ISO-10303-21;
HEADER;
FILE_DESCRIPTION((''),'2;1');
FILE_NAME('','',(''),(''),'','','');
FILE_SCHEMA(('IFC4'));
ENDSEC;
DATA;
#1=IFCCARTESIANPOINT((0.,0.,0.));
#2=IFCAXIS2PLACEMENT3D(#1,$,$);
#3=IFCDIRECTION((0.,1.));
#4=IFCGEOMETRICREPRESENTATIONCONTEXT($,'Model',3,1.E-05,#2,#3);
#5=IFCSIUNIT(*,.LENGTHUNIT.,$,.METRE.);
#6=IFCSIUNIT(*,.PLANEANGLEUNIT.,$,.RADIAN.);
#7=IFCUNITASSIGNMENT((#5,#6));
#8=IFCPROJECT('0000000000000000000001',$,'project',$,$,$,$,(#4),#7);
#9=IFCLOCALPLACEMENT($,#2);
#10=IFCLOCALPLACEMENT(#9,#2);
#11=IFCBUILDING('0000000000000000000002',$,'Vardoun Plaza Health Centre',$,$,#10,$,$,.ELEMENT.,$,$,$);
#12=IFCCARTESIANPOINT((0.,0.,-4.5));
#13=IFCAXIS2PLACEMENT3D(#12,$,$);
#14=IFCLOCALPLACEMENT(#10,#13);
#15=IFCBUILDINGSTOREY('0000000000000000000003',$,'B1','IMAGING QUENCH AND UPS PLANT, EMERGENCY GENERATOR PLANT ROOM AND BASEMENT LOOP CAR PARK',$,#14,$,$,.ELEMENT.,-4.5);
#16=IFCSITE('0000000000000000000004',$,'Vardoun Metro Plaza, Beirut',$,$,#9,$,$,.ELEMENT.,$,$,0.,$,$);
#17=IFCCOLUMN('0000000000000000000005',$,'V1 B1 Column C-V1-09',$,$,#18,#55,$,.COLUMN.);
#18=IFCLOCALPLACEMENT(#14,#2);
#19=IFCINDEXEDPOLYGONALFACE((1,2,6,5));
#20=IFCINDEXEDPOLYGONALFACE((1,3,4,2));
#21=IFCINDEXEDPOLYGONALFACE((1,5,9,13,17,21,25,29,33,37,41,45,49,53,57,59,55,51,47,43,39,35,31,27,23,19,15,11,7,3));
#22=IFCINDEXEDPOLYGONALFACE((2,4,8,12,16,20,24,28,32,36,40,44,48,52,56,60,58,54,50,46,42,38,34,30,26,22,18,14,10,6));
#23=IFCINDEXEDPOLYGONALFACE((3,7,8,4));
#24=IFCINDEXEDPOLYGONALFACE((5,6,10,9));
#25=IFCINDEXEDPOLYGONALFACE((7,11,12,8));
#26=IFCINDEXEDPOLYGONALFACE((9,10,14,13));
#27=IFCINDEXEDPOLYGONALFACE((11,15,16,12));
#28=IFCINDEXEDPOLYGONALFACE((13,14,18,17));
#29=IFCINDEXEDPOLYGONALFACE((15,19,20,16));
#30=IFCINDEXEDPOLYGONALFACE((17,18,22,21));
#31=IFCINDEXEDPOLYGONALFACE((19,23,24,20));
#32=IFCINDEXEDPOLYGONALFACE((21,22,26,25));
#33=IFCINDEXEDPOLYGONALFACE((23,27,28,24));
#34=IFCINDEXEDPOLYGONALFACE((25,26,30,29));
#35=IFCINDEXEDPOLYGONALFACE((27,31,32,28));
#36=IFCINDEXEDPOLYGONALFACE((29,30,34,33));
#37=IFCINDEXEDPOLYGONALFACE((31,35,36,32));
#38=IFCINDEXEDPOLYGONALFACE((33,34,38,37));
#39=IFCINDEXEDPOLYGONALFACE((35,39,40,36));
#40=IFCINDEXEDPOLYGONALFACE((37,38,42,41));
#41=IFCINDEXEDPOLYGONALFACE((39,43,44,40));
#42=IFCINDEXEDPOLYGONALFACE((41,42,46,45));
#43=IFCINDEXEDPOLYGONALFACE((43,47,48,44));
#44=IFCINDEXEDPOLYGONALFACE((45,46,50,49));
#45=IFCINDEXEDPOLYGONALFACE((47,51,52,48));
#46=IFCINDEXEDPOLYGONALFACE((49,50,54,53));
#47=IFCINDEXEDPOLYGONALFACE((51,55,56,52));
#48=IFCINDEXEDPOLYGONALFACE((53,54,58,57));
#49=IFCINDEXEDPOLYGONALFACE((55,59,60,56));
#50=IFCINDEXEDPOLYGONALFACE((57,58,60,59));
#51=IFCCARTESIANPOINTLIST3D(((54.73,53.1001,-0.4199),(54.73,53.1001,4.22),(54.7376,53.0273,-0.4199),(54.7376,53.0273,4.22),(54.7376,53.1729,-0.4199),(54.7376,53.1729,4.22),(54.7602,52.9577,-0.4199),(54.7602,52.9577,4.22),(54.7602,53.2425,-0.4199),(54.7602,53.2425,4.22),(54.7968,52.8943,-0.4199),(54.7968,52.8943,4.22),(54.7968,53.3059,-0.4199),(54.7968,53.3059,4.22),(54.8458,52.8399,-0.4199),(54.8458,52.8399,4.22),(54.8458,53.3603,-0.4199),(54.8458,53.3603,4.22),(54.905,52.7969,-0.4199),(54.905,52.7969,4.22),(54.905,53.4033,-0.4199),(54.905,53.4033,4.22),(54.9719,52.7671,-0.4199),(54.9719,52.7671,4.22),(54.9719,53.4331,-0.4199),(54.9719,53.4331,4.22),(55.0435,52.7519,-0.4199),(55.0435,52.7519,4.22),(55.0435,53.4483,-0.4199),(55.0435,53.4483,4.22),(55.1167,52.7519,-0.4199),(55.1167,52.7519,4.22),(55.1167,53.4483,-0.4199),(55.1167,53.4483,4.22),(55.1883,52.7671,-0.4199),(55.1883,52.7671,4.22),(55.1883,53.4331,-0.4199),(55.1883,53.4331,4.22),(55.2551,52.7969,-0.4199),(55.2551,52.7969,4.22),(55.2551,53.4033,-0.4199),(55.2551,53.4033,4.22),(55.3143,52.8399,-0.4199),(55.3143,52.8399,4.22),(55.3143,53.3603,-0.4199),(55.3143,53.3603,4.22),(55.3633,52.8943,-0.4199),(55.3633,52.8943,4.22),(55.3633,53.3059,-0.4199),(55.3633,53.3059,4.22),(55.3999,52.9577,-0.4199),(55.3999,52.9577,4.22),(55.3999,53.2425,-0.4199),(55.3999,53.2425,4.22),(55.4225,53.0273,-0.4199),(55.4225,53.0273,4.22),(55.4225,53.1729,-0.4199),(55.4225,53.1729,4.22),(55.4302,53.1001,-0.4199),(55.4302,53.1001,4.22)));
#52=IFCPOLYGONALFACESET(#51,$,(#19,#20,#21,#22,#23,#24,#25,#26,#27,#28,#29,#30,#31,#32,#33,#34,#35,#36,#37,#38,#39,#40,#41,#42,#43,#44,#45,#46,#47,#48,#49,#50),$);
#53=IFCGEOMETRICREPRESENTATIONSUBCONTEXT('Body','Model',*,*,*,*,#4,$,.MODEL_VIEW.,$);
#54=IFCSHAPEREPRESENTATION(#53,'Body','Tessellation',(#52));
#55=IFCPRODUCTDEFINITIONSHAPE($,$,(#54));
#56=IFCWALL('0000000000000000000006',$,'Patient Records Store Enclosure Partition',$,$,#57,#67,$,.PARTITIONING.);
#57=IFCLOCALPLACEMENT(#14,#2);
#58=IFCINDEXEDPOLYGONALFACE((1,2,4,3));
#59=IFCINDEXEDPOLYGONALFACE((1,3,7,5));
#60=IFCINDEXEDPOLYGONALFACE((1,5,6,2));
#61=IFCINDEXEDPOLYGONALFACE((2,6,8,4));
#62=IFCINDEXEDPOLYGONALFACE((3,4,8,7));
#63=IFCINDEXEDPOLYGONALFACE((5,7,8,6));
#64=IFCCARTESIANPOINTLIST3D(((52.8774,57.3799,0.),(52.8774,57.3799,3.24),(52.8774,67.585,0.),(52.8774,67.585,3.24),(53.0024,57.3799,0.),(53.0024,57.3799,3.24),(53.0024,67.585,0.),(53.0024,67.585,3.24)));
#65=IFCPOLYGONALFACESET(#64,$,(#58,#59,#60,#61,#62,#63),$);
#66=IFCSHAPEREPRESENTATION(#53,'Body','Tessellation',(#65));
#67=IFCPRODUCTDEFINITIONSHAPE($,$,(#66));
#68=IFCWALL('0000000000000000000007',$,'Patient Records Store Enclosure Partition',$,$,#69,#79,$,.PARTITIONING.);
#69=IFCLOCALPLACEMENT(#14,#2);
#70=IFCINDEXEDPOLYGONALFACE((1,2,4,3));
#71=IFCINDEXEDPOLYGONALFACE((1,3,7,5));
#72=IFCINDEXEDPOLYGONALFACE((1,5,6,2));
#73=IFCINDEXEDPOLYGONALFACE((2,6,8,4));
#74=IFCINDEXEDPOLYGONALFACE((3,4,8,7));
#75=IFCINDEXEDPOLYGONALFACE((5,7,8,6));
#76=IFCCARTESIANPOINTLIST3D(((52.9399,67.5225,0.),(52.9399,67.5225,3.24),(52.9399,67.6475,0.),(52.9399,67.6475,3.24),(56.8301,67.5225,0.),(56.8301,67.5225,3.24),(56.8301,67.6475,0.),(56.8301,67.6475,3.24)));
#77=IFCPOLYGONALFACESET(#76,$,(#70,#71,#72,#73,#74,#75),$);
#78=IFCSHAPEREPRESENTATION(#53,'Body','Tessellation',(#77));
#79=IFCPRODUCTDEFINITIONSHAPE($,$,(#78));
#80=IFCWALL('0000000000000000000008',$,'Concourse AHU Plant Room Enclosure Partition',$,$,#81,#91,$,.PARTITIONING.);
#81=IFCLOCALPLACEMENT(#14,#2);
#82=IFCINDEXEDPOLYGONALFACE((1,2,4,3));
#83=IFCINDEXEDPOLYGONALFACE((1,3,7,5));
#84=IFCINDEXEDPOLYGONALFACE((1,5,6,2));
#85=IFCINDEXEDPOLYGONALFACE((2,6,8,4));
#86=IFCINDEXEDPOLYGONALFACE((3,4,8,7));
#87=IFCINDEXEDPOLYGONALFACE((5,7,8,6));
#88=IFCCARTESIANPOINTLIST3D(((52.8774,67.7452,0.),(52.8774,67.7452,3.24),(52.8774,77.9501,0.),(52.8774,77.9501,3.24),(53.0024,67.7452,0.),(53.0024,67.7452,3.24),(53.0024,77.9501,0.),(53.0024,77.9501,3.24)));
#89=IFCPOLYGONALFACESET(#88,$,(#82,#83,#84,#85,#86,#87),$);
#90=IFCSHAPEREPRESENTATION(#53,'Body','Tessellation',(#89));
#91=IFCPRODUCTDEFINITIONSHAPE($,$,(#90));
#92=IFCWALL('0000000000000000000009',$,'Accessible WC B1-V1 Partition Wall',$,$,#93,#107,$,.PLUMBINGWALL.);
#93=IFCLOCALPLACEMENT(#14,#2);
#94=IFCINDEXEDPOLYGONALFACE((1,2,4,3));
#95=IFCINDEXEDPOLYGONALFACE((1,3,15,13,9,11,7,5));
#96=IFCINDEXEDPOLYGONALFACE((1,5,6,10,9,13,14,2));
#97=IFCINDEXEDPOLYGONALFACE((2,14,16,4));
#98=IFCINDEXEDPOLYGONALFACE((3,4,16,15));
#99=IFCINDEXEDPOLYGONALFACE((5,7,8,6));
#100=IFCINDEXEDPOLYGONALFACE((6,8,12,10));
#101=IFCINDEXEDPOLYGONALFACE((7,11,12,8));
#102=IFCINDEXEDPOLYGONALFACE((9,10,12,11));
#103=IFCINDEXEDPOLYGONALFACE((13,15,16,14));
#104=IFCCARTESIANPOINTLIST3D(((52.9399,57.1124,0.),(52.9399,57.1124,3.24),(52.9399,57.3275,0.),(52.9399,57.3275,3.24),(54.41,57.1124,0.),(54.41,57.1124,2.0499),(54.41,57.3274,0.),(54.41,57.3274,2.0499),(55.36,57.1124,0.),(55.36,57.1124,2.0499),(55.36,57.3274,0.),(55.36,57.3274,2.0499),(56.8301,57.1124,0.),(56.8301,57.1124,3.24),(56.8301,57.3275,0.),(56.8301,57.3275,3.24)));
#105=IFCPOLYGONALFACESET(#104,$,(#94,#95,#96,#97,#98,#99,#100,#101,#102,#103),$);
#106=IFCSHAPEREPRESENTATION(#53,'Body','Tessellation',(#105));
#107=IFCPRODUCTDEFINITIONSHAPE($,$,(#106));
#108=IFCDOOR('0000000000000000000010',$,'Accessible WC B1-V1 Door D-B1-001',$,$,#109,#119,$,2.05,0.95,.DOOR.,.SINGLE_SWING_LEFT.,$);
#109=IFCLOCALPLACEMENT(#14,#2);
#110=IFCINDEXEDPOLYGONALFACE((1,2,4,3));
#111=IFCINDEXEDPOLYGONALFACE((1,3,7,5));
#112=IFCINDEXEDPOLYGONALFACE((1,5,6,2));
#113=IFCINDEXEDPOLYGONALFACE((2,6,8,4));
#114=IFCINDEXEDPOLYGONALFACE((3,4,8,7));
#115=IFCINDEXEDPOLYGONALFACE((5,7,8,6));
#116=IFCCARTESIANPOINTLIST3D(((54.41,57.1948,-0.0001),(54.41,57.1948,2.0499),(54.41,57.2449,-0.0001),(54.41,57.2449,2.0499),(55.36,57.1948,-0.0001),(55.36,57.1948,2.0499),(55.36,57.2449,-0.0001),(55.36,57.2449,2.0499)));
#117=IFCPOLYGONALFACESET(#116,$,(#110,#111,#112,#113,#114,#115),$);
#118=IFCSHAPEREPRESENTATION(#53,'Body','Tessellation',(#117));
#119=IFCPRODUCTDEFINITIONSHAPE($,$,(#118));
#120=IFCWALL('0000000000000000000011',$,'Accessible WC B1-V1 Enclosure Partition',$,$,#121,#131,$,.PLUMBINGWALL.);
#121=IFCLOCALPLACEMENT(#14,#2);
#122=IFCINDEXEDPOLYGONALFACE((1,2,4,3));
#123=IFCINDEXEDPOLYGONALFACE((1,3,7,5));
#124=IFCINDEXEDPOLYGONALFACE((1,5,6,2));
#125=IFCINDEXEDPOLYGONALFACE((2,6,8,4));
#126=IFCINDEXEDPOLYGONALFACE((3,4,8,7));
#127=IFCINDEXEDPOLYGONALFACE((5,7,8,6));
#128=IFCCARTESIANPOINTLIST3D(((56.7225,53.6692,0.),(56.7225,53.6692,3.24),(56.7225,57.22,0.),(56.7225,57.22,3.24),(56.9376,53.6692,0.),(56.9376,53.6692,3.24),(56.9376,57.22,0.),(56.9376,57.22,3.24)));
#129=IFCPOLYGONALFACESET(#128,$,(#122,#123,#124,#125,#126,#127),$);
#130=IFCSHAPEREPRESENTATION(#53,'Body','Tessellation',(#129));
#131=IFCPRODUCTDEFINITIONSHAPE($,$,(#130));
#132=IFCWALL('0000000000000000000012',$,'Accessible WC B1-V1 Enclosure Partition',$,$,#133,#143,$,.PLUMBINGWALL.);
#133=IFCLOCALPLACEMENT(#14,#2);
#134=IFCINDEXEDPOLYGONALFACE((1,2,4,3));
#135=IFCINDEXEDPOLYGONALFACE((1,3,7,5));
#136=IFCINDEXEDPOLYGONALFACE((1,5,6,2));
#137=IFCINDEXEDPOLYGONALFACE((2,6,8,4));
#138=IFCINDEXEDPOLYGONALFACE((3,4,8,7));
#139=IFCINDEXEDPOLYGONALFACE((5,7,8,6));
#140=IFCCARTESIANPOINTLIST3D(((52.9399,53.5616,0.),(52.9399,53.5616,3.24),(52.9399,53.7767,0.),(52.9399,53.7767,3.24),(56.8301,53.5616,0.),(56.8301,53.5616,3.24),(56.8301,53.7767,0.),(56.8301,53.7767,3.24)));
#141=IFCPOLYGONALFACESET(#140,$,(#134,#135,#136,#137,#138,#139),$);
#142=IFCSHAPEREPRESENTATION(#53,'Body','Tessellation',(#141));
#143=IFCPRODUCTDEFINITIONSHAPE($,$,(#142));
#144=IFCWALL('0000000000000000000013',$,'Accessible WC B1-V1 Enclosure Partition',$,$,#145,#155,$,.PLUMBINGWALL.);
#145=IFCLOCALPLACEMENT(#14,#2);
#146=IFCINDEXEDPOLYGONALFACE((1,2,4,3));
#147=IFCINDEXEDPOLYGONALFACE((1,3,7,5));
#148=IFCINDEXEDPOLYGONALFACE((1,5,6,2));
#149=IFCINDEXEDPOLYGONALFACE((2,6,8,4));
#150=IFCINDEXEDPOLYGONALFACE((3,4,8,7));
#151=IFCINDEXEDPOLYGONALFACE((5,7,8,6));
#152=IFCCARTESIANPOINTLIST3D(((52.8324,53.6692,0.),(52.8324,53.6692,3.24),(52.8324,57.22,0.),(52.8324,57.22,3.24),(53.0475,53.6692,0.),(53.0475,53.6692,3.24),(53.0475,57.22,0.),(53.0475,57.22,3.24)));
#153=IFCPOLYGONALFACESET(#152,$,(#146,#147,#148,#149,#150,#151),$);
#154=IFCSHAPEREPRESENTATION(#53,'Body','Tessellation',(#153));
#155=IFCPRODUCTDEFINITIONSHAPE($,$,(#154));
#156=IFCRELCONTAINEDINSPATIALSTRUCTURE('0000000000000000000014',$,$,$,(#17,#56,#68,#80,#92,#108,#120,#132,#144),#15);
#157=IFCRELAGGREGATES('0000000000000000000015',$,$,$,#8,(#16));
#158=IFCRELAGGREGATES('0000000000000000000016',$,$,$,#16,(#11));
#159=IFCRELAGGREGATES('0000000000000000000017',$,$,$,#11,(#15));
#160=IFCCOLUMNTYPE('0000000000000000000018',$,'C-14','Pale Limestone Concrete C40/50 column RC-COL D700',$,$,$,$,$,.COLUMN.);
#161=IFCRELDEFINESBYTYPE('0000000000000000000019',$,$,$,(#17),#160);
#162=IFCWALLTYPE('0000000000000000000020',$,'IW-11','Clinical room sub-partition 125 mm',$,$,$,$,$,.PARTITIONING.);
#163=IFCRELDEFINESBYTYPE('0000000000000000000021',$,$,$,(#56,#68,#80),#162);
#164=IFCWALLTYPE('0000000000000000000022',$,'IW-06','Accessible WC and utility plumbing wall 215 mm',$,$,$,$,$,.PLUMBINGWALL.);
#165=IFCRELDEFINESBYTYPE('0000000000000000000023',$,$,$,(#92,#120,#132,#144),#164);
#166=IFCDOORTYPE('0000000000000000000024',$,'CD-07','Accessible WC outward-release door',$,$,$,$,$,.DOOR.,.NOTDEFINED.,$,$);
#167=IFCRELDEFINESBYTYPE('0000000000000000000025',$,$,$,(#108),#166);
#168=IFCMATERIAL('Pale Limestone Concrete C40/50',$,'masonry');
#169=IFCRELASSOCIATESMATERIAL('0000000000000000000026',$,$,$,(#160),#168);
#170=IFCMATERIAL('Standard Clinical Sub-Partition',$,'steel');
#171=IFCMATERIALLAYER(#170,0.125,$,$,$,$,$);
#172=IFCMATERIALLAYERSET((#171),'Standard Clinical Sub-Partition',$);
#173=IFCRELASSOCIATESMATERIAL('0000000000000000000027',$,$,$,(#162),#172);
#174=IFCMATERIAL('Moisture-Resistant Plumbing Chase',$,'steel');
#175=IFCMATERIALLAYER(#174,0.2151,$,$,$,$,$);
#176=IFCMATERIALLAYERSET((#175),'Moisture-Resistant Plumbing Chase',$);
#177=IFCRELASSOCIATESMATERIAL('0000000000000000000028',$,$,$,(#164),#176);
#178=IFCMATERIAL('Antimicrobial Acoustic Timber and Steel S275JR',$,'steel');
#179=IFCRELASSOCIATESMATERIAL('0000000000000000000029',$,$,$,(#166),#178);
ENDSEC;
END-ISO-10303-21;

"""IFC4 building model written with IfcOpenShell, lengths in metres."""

from ifc_helpers import new_model, si_unit, direction, frame, frame_2d, origin, origin_2d, place, context, subcontext, project, spatial, rectangle, circle, extrude, material, layer, layer_set, material_profile, profile_set, type_object, element, fill, save


model = new_model("IFC4")

# Units and contexts
model_context = context("Model", 3, precision=1e-05, world=origin(), true_north=direction((0.0, 1.0)))
body_context = subcontext(model_context, "Body", "Model", "MODEL_VIEW")
ifc_project = project(units=[si_unit("LENGTHUNIT", "METRE"), si_unit("PLANEANGLEUNIT", "RADIAN")], contexts=[model_context])

# Site, building, storey
site_placement = place(None, origin())
site = spatial("IfcSite", under=ifc_project, at=site_placement, Name="Vardoun Metro Plaza, Beirut", CompositionType="ELEMENT", RefElevation=0.0)
building_placement = place(site_placement, origin())
building = spatial("IfcBuilding", under=site, at=building_placement, Name="Vardoun Plaza Health Centre", CompositionType="ELEMENT")
storey_placement = place(building_placement, frame((0.0, 0.0, -4.5)))
storey = spatial("IfcBuildingStorey", under=building, at=storey_placement, Name="B1", Description="IMAGING QUENCH AND UPS PLANT, EMERGENCY GENERATOR PLANT ROOM AND BASEMENT LOOP CAR PARK", CompositionType="ELEMENT", Elevation=-4.5)

# Column
ifc_material_1 = material(Name="Pale Limestone Concrete C40/50", Category="masonry")
ifc_material_profile_1 = material_profile(ifc_material_1, circle(Radius=0.3501, at=origin_2d()), Name="RC-COL D700")
ifc_profile_set_1 = profile_set([ifc_material_profile_1], Name="Pale Limestone Concrete C40/50")
column_type_1 = type_object("IfcColumnType", Name="C-14", Description="Pale Limestone Concrete C40/50 column RC-COL D700", PredefinedType="COLUMN", material=ifc_profile_set_1)
column_1_placement = place(storey_placement, frame((55.0801, 53.1001, -0.4199), z_axis=(0.0, 0.0, 1.0), x_axis=(1.0, 0.0, 0.0)))
element("IfcColumn", 1, at=column_1_placement, inside=storey, type_object=column_type_1, Name="V1 B1 Column C-V1-09", PredefinedType="COLUMN", context=body_context, shape_type="SweptSolid", body=[
    extrude(circle(Radius=0.3501, at=origin_2d()), origin(), (0.0, 0.0, 1.0), 4.6399),
])

# Walls
ifc_material_2 = material(Name="Standard Clinical Sub-Partition", Category="steel")
ifc_layer_1 = layer(ifc_material_2, 0.125)
ifc_layer_set_1 = layer_set([ifc_layer_1], Name="Standard Clinical Sub-Partition")
wall_type_1 = type_object("IfcWallType", Name="IW-11", Description="Clinical room sub-partition 125 mm", PredefinedType="PARTITIONING", material=ifc_layer_set_1)
wall_1_placement = place(storey_placement, frame((52.9399, 57.3799, 0.0), z_axis=(0.0, 0.0, 1.0), x_axis=(0.0, 1.0, 0.0)))
element("IfcWall", 2, at=wall_1_placement, inside=storey, type_object=wall_type_1, Name="Patient Records Store Enclosure Partition", PredefinedType="PARTITIONING", context=body_context, shape_type="SweptSolid", body=[
    extrude(rectangle(XDim=10.2051, YDim=0.125, at=frame_2d((5.1025, 0.0))), origin(), (0.0, 0.0, 1.0), 3.24),
])
wall_2_placement = place(storey_placement, frame((52.9399, 67.585, 0.0), z_axis=(0.0, 0.0, 1.0), x_axis=(1.0, 0.0, 0.0)))
element("IfcWall", 3, at=wall_2_placement, inside=storey, type_object=wall_type_1, Name="Patient Records Store Enclosure Partition", PredefinedType="PARTITIONING", context=body_context, shape_type="SweptSolid", body=[
    extrude(rectangle(XDim=3.8901, YDim=0.125, at=frame_2d((1.9451, 0.0))), origin(), (0.0, 0.0, 1.0), 3.24),
])
wall_3_placement = place(storey_placement, frame((52.9399, 67.7451, 0.0), z_axis=(0.0, 0.0, 1.0), x_axis=(0.0, 1.0, 0.0)))
element("IfcWall", 4, at=wall_3_placement, inside=storey, type_object=wall_type_1, Name="Concourse AHU Plant Room Enclosure Partition", PredefinedType="PARTITIONING", context=body_context, shape_type="SweptSolid", body=[
    extrude(rectangle(XDim=10.2048, YDim=0.125, at=frame_2d((5.1025, 0.0))), origin(), (0.0, 0.0, 1.0), 3.24),
])

# Wall, opening, door
ifc_material_3 = material(Name="Moisture-Resistant Plumbing Chase", Category="steel")
ifc_layer_2 = layer(ifc_material_3, 0.2151)
ifc_layer_set_2 = layer_set([ifc_layer_2], Name="Moisture-Resistant Plumbing Chase")
wall_type_2 = type_object("IfcWallType", Name="IW-06", Description="Accessible WC and utility plumbing wall 215 mm", PredefinedType="PLUMBINGWALL", material=ifc_layer_set_2)
wall_4_placement = place(storey_placement, frame((52.9399, 57.22, 0.0), z_axis=(0.0, 0.0, 1.0), x_axis=(1.0, 0.0, 0.0)))
wall_4 = element("IfcWall", 5, at=wall_4_placement, inside=storey, type_object=wall_type_2, Name="Accessible WC B1-V1 Partition Wall", PredefinedType="PLUMBINGWALL", context=body_context, shape_type="SweptSolid", body=[
    extrude(rectangle(XDim=3.8901, YDim=0.2151, at=frame_2d((1.9451, 0.0))), origin(), (0.0, 0.0, 1.0), 3.24),
])
opening_1_placement = place(wall_4_placement, frame((1.47, 0.0, 0.0)))
opening_1 = element("IfcOpeningElement", 6, at=opening_1_placement, cuts=wall_4, PredefinedType="OPENING", context=body_context, shape_type="SweptSolid", body=[
    extrude(rectangle(XDim=0.95, YDim=2.05, at=frame_2d((0.4751, 1.0249))), frame((0.0, 0.1074, 0.0), z_axis=(0.0, -1.0, 0.0), x_axis=(1.0, 0.0, 0.0)), (0.0, 0.0, 1.0), 0.2151),
])
ifc_material_4 = material(Name="Antimicrobial Acoustic Timber and Steel S275JR", Category="steel")
door_type_1 = type_object("IfcDoorType", Name="CD-07", Description="Accessible WC outward-release door", OperationType="NOTDEFINED", PredefinedType="DOOR", material=ifc_material_4)
door_1_placement = place(opening_1_placement, origin())
door_1 = element("IfcDoor", 7, at=door_1_placement, inside=storey, type_object=door_type_1, Name="Accessible WC B1-V1 Door D-B1-001", OperationType="SINGLE_SWING_LEFT", OverallHeight=2.05, OverallWidth=0.95, PredefinedType="DOOR", context=body_context, shape_type="SweptSolid", body=[
    extrude(rectangle(XDim=0.95, YDim=2.05, at=frame_2d((0.4751, 1.0249))), frame((0.0, 0.0249, 0.0), z_axis=(0.0, -1.0, 0.0), x_axis=(1.0, 0.0, 0.0)), (0.0, 0.0, 1.0), 0.05),
])
fill(opening_1, door_1)

# Walls
wall_5_placement = place(storey_placement, frame((56.8301, 57.22, 0.0), z_axis=(0.0, 0.0, 1.0), x_axis=(0.0, -1.0, 0.0)))
element("IfcWall", 8, at=wall_5_placement, inside=storey, type_object=wall_type_2, Name="Accessible WC B1-V1 Enclosure Partition", PredefinedType="PLUMBINGWALL", context=body_context, shape_type="SweptSolid", body=[
    extrude(rectangle(XDim=3.5508, YDim=0.2151, at=frame_2d((1.7754, 0.0))), origin(), (0.0, 0.0, 1.0), 3.24),
])
wall_6_placement = place(storey_placement, frame((56.8301, 53.6692, 0.0), z_axis=(0.0, 0.0, 1.0), x_axis=(-1.0, 0.0, 0.0)))
element("IfcWall", 9, at=wall_6_placement, inside=storey, type_object=wall_type_2, Name="Accessible WC B1-V1 Enclosure Partition", PredefinedType="PLUMBINGWALL", context=body_context, shape_type="SweptSolid", body=[
    extrude(rectangle(XDim=3.8901, YDim=0.2151, at=frame_2d((1.9451, 0.0))), origin(), (0.0, 0.0, 1.0), 3.24),
])
wall_7_placement = place(storey_placement, frame((52.9399, 53.6692, 0.0), z_axis=(0.0, 0.0, 1.0), x_axis=(0.0, 1.0, 0.0)))
element("IfcWall", 10, at=wall_7_placement, inside=storey, type_object=wall_type_2, Name="Accessible WC B1-V1 Enclosure Partition", PredefinedType="PLUMBINGWALL", context=body_context, shape_type="SweptSolid", body=[
    extrude(rectangle(XDim=3.5508, YDim=0.2151, at=frame_2d((1.7754, 0.0))), origin(), (0.0, 0.0, 1.0), 3.24),
])

save(model, "model.ifc")
